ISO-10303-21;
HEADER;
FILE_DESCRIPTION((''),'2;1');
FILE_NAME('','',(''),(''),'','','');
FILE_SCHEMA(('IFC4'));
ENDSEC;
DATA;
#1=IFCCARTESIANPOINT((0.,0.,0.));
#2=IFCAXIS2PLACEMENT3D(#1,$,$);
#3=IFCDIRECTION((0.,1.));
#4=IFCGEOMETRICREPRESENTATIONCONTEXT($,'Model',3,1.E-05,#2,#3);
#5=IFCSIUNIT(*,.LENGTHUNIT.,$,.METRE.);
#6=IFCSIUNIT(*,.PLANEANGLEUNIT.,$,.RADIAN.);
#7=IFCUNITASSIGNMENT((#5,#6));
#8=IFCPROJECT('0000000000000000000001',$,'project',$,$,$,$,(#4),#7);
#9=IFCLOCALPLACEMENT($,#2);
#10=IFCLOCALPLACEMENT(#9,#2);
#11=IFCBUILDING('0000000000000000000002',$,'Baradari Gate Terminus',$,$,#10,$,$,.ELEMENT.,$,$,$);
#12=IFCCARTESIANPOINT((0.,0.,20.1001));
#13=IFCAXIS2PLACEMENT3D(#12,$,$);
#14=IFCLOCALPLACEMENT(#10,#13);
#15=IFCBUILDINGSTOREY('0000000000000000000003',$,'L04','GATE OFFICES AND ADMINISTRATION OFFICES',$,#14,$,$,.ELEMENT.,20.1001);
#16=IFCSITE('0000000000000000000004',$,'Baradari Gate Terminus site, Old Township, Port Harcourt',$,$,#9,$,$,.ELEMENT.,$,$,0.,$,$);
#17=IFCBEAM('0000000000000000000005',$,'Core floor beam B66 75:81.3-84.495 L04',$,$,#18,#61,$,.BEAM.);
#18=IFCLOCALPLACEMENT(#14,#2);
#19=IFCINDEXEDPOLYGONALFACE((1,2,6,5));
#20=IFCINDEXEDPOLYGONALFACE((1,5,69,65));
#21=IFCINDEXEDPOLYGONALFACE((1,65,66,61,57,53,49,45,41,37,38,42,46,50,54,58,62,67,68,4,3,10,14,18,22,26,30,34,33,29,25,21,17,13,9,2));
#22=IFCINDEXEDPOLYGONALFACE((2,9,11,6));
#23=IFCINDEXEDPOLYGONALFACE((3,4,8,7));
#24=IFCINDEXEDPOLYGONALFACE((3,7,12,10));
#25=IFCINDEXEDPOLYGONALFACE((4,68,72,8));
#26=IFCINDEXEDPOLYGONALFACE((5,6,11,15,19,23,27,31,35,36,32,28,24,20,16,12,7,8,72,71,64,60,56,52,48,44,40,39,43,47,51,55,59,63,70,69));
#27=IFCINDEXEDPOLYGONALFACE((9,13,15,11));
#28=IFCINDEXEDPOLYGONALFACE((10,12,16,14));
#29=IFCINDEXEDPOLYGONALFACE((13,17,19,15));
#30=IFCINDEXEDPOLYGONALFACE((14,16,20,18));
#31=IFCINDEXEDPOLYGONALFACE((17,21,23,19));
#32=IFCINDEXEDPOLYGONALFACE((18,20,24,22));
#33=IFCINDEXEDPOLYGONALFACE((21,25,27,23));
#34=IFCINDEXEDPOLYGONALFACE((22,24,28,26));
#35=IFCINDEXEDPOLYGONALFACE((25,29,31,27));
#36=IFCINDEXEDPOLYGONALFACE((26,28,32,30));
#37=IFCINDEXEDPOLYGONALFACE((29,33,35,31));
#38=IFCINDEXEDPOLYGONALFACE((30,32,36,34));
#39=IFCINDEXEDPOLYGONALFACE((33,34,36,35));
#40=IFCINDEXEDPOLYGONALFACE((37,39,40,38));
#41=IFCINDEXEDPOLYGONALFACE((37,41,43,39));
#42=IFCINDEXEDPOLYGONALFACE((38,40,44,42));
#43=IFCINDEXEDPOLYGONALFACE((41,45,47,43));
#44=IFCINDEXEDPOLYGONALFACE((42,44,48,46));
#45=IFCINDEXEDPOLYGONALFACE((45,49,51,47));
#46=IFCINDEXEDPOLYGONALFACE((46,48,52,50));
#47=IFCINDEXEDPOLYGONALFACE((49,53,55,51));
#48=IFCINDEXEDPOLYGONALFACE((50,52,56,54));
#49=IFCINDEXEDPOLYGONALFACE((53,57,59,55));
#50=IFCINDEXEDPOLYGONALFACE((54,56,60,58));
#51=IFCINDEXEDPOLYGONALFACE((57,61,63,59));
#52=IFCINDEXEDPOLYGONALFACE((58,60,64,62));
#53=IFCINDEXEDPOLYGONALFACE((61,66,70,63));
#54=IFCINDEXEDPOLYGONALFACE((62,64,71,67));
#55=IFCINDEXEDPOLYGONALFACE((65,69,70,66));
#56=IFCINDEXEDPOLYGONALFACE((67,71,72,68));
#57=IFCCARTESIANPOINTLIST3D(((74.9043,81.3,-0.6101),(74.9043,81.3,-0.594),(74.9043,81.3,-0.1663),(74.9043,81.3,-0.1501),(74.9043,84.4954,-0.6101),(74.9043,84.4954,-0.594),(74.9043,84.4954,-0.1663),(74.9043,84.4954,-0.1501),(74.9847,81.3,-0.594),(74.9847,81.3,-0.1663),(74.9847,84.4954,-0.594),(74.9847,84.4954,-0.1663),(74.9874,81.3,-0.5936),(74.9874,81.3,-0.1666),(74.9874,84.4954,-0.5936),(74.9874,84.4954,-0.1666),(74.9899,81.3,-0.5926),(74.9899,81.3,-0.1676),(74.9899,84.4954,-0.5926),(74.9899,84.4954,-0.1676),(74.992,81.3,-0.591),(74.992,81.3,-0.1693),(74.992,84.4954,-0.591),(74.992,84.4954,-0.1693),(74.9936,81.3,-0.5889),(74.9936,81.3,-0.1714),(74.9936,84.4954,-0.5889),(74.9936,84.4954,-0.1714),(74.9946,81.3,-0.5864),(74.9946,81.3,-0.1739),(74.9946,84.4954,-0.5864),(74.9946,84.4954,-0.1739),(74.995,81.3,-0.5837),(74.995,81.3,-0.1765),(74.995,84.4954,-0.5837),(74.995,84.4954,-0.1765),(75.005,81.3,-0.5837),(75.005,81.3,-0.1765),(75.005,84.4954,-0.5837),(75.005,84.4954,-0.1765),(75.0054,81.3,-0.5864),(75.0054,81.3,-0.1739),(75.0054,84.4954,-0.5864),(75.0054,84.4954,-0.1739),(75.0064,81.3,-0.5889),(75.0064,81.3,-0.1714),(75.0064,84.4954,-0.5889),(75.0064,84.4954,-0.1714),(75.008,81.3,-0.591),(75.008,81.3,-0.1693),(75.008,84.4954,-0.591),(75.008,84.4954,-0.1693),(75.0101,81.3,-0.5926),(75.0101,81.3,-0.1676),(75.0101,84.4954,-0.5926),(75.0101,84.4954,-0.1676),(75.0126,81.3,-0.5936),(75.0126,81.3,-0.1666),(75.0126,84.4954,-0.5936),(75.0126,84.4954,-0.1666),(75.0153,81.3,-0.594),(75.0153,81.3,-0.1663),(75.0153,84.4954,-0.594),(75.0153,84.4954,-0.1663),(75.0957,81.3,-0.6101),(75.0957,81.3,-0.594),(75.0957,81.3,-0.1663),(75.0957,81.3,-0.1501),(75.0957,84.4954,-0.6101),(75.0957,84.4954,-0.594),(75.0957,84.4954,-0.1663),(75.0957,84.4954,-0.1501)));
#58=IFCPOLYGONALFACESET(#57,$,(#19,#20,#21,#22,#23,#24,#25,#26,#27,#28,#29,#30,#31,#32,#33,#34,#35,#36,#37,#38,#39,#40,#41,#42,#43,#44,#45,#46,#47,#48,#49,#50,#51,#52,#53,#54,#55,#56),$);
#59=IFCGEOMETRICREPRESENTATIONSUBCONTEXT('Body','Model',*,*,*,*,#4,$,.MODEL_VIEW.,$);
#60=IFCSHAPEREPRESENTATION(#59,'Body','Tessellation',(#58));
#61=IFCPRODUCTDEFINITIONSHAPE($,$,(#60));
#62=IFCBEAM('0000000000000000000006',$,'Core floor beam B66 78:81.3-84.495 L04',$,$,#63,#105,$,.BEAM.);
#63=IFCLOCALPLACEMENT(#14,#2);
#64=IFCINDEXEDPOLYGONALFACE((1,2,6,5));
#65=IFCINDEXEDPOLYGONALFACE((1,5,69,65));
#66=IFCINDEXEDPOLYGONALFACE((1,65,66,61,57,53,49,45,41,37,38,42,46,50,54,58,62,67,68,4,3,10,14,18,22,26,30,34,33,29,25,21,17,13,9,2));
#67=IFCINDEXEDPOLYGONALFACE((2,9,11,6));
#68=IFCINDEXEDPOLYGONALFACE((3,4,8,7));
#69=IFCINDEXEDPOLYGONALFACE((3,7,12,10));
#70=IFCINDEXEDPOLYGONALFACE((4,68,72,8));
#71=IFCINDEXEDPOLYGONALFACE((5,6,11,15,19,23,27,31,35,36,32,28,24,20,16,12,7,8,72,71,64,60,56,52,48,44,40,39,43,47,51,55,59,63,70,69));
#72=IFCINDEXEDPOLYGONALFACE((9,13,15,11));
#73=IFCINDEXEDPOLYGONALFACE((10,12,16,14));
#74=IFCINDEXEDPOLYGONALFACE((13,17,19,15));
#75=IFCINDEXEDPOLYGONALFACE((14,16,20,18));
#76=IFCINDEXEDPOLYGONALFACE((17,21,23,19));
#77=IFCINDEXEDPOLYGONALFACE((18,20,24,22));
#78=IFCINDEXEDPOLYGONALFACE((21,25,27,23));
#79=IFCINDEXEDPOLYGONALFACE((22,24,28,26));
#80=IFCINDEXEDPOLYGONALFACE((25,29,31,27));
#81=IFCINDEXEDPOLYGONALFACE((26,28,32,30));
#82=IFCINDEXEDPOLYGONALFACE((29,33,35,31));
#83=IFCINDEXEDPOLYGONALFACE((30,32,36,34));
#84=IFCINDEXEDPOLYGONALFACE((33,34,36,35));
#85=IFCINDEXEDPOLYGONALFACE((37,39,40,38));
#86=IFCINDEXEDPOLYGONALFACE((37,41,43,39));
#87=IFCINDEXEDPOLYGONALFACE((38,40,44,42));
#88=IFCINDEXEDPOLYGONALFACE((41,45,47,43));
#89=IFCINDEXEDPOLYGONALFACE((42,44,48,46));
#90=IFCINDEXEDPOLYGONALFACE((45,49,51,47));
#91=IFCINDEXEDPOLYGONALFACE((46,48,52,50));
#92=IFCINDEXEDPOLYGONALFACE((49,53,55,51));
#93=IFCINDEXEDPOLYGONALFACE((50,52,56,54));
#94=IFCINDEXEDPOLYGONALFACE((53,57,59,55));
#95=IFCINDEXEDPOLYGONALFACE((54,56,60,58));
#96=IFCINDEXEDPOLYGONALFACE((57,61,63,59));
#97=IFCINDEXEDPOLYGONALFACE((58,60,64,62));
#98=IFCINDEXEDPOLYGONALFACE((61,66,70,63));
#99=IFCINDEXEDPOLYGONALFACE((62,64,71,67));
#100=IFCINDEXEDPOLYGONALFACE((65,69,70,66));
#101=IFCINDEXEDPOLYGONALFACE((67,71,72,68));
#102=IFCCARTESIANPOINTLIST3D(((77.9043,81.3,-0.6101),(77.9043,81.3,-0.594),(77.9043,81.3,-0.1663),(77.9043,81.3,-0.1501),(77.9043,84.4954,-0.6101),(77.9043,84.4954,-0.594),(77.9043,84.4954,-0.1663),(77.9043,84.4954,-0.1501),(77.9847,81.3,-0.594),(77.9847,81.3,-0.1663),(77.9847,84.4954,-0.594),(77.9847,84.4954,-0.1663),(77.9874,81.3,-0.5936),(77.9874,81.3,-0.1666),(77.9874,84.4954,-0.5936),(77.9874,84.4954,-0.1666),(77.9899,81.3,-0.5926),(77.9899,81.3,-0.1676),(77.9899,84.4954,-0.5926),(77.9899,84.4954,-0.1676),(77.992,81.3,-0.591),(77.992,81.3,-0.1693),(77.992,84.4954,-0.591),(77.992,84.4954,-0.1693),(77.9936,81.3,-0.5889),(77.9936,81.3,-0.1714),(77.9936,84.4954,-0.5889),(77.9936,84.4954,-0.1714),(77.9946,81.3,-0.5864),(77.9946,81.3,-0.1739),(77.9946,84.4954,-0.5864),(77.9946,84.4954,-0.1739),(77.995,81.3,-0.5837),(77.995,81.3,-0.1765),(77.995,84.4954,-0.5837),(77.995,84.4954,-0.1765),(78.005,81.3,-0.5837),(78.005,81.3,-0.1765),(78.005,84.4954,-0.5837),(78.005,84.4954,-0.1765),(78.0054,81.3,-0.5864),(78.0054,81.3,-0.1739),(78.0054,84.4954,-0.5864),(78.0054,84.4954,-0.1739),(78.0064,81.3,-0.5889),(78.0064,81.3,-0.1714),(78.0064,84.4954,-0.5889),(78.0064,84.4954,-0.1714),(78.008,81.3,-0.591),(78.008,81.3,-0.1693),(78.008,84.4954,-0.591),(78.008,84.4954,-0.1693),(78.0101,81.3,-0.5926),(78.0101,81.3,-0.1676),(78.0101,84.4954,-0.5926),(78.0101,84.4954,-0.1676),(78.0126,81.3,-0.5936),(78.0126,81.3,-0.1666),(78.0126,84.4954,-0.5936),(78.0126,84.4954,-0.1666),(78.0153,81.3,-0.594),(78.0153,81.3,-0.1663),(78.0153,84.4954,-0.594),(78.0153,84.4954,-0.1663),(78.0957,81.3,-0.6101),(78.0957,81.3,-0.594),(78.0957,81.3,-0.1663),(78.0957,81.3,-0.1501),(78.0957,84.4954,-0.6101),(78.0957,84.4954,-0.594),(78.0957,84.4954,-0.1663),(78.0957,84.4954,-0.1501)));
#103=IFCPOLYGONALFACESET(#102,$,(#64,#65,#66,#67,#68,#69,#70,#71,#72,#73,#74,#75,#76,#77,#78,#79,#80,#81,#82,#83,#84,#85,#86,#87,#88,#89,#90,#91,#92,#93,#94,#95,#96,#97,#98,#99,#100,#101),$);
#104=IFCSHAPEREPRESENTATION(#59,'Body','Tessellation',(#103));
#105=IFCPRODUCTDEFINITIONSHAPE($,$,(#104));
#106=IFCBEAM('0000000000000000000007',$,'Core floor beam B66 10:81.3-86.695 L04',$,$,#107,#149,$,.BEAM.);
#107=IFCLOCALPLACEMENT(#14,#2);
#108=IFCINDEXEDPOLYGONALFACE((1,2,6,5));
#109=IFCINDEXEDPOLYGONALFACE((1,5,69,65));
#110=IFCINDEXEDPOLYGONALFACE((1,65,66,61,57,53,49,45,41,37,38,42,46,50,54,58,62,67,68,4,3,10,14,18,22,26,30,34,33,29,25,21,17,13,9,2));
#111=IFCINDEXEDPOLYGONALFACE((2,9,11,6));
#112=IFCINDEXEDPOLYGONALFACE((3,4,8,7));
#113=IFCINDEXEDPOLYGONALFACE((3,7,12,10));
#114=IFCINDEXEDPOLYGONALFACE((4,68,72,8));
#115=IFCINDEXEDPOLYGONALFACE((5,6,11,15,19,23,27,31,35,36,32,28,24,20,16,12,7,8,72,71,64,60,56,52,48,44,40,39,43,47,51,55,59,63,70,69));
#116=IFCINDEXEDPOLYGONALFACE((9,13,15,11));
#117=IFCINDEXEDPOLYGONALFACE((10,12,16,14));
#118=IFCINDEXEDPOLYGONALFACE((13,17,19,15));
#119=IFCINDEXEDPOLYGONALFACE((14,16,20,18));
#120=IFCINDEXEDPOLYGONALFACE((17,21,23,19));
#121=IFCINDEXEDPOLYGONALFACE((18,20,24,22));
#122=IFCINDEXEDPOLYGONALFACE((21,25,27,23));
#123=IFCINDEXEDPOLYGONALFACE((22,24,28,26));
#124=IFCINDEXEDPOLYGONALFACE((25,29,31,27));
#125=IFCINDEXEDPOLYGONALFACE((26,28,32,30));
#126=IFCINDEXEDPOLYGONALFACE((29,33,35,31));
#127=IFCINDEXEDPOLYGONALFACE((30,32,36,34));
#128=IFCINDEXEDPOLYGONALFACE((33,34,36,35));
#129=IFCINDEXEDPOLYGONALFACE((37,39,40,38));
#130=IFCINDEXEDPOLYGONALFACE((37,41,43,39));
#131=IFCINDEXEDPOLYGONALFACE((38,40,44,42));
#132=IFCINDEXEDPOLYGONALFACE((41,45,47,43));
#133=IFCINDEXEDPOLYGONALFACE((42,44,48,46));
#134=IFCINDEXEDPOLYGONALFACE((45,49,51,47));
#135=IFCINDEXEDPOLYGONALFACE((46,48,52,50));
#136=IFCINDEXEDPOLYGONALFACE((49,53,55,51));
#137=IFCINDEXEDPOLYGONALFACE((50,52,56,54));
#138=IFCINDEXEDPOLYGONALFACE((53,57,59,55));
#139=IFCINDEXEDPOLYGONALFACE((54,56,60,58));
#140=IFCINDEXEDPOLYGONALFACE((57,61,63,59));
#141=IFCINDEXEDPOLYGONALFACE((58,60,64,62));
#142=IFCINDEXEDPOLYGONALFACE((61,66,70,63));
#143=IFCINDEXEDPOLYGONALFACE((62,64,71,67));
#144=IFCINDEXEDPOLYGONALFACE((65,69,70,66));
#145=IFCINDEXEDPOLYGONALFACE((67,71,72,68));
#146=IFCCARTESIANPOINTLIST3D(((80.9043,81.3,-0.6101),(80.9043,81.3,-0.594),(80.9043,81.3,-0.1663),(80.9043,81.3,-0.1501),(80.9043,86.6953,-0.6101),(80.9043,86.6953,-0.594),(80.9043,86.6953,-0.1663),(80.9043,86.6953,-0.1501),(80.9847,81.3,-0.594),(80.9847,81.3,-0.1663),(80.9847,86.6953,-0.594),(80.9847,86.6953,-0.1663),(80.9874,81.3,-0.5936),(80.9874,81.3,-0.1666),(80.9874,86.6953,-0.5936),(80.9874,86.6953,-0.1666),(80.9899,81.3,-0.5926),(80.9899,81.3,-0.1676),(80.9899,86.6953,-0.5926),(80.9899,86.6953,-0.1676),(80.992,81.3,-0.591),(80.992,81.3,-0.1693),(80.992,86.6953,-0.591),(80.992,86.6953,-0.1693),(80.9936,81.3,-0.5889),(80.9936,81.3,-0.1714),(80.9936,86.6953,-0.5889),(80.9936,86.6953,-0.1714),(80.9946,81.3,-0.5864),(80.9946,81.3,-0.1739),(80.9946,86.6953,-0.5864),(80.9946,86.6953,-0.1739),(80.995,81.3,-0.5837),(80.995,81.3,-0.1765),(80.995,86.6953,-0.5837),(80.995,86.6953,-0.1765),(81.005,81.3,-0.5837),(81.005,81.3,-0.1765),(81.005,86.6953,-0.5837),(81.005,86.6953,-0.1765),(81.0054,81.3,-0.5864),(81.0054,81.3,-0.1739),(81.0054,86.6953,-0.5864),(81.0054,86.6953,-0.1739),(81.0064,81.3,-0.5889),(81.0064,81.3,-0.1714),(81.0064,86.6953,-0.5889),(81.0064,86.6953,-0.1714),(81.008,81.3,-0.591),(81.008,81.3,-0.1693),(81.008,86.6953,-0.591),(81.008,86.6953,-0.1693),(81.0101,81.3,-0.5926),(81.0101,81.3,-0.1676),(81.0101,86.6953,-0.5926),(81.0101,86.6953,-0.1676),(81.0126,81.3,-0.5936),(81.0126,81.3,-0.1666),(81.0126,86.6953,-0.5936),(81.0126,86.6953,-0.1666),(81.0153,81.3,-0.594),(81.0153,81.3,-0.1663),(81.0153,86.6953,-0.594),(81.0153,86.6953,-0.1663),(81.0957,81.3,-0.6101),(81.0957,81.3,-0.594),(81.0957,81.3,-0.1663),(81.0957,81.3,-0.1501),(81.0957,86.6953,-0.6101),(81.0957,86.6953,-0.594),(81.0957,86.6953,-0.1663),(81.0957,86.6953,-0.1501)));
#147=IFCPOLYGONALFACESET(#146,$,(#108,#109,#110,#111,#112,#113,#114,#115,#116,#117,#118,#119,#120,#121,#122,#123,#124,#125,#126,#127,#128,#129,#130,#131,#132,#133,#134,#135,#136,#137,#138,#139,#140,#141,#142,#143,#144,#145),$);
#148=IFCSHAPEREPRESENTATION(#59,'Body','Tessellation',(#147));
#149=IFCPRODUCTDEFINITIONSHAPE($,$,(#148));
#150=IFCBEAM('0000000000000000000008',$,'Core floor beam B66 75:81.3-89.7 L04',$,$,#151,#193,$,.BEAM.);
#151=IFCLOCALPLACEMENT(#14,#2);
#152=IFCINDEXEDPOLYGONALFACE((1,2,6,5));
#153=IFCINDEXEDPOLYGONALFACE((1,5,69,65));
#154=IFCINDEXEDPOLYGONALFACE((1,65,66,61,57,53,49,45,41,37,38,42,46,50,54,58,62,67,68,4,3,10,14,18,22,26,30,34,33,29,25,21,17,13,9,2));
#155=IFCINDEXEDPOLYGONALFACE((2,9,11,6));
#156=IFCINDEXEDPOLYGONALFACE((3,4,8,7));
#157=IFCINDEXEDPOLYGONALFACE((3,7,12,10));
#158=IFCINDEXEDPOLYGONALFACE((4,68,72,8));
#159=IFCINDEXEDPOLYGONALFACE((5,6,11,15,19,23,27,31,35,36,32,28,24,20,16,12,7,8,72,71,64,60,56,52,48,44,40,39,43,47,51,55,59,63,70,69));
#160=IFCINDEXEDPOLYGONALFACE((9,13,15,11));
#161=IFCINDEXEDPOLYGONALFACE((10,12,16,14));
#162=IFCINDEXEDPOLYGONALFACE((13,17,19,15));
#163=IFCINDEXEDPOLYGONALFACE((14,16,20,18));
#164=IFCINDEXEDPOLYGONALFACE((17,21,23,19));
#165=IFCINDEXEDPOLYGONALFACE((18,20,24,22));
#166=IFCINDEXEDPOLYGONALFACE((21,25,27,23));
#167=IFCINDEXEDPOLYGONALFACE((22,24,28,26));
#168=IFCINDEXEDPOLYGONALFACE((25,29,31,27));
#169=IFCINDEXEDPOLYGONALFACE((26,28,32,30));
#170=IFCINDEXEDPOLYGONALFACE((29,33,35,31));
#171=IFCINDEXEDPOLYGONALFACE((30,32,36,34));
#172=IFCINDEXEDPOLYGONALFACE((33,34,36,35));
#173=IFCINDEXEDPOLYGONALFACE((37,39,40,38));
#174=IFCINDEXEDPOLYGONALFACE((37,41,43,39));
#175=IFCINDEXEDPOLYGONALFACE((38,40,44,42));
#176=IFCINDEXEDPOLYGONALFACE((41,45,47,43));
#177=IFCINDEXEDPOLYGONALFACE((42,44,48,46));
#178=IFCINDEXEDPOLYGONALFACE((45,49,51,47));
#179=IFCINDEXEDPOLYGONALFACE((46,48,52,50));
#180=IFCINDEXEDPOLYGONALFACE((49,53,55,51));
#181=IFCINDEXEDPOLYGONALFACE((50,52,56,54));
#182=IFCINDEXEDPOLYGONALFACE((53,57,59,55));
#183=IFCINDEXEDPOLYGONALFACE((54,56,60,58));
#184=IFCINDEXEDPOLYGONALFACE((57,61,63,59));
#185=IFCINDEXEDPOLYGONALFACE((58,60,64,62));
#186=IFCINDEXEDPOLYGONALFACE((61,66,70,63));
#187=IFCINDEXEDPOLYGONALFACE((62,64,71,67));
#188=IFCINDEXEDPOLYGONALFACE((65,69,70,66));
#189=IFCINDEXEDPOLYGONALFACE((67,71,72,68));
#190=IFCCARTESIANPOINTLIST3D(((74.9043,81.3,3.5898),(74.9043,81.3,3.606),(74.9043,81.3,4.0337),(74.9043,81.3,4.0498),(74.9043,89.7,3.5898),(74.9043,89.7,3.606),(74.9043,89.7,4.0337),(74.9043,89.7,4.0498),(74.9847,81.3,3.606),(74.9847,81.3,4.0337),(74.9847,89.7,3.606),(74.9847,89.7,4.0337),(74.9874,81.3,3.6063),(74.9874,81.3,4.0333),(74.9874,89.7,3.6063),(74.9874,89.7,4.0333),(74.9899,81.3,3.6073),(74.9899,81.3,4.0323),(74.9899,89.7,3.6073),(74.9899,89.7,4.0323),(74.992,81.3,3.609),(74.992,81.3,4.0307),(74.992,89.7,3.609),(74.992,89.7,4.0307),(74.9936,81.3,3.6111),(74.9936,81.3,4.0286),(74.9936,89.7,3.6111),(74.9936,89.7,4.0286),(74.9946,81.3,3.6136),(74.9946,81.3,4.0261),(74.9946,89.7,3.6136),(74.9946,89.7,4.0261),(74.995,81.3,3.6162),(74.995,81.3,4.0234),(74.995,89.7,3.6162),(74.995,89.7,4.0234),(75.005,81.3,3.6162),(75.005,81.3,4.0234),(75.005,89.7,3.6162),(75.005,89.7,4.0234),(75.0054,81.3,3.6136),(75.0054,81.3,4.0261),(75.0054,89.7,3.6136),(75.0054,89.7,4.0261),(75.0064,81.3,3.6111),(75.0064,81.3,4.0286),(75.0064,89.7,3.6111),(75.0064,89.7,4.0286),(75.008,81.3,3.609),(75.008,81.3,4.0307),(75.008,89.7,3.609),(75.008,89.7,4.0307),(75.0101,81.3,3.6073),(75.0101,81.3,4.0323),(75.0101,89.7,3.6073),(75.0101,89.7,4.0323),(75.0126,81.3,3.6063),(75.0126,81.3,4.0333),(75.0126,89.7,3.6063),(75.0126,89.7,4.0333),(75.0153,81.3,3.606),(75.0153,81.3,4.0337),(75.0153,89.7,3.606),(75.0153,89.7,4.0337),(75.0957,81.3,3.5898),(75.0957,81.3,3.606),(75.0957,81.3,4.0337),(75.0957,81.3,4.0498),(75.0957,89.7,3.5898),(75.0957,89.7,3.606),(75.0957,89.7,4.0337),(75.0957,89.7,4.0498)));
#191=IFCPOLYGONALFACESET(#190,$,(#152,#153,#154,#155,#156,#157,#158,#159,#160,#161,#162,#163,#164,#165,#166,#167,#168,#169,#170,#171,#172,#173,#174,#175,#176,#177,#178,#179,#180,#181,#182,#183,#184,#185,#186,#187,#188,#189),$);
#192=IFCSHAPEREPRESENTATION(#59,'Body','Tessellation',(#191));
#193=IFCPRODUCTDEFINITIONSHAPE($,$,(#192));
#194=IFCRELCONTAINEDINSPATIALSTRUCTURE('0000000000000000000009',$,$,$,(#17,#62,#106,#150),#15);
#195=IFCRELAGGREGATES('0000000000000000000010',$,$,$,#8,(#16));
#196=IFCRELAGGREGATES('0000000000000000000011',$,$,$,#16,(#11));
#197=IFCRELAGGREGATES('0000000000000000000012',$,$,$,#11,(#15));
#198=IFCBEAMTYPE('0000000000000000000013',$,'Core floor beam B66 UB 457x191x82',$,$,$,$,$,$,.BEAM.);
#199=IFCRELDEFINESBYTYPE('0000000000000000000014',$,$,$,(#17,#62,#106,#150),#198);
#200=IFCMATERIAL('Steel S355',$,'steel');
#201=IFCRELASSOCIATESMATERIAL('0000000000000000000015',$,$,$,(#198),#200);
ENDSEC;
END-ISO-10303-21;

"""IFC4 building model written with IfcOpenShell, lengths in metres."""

from ifc_helpers import new_model, si_unit, direction, frame, origin, origin_2d, place, context, subcontext, project, spatial, i_section, extrude, material, material_profile, profile_set, type_object, element, save


model = new_model("IFC4")

# Units and contexts
model_context = context("Model", 3, precision=1e-05, world=origin(), true_north=direction((0.0, 1.0)))
body_context = subcontext(model_context, "Body", "Model", "MODEL_VIEW")
ifc_project = project(units=[si_unit("LENGTHUNIT", "METRE"), si_unit("PLANEANGLEUNIT", "RADIAN")], contexts=[model_context])

# Site, building, storey
site_placement = place(None, origin())
site = spatial("IfcSite", under=ifc_project, at=site_placement, Name="Baradari Gate Terminus site, Old Township, Port Harcourt", CompositionType="ELEMENT", RefElevation=0.0)
building_placement = place(site_placement, origin())
building = spatial("IfcBuilding", under=site, at=building_placement, Name="Baradari Gate Terminus", CompositionType="ELEMENT")
storey_placement = place(building_placement, frame((0.0, 0.0, 20.1001)))
storey = spatial("IfcBuildingStorey", under=building, at=storey_placement, Name="L04", Description="GATE OFFICES AND ADMINISTRATION OFFICES", CompositionType="ELEMENT", Elevation=20.1001)

# Beams
ifc_material_1 = material(Name="Steel S355", Category="steel")
ifc_material_profile_1 = material_profile(ifc_material_1, i_section(OverallWidth=0.1914, OverallDepth=0.46, WebThickness=0.01, FlangeThickness=0.0161, FilletRadius=0.0103, at=origin_2d()), Name="UB 457x191x82")
ifc_profile_set_1 = profile_set([ifc_material_profile_1], Name="Steel S355")
beam_type_1 = type_object("IfcBeamType", Name="Core floor beam B66 UB 457x191x82", PredefinedType="BEAM", material=ifc_profile_set_1)
for number, where, z_axis, x_axis, name in (
    (1, (75.0, 81.3, -0.3801), (0.0, 1.0, 0.0), (-1.0, 0.0, 0.0), "Core floor beam B66 75:81.3-84.495 L04"),
    (2, (78.0, 81.3, -0.3801), (0.0, 1.0, 0.0), (-1.0, 0.0, 0.0), "Core floor beam B66 78:81.3-84.495 L04"),
):
    element("IfcBeam", number, at=place(storey_placement, frame(where, z_axis=z_axis, x_axis=x_axis)), inside=storey, type_object=beam_type_1, Name=name, PredefinedType="BEAM", context=body_context, shape_type="SweptSolid", body=[
        extrude(i_section(OverallWidth=0.1914, OverallDepth=0.46, WebThickness=0.01, FlangeThickness=0.0161, FilletRadius=0.0103, at=origin_2d()), origin(), (0.0, 0.0, 1.0), 3.1953),
    ])
beam_placement = place(storey_placement, frame((81.0, 81.3, -0.3801), z_axis=(0.0, 1.0, 0.0), x_axis=(-1.0, 0.0, 0.0)))
element("IfcBeam", 3, at=beam_placement, inside=storey, type_object=beam_type_1, Name="Core floor beam B66 10:81.3-86.695 L04", PredefinedType="BEAM", context=body_context, shape_type="SweptSolid", body=[
    extrude(i_section(OverallWidth=0.1914, OverallDepth=0.46, WebThickness=0.01, FlangeThickness=0.0161, FilletRadius=0.0103, at=origin_2d()), origin(), (0.0, 0.0, 1.0), 5.3953),
])
for number, where, z_axis, x_axis, name in (
    (4, (75.0, 81.3, 3.8198), (0.0, 1.0, 0.0), (-1.0, 0.0, 0.0), "Core floor beam B66 75:81.3-89.7 L04"),
):
    element("IfcBeam", number, at=place(storey_placement, frame(where, z_axis=z_axis, x_axis=x_axis)), inside=storey, type_object=beam_type_1, Name=name, PredefinedType="BEAM", context=body_context, shape_type="SweptSolid", body=[
        extrude(i_section(OverallWidth=0.1914, OverallDepth=0.46, WebThickness=0.01, FlangeThickness=0.0161, FilletRadius=0.0103, at=origin_2d()), origin(), (0.0, 0.0, 1.0), 8.3999),
    ])

save(model, "model.ifc")
